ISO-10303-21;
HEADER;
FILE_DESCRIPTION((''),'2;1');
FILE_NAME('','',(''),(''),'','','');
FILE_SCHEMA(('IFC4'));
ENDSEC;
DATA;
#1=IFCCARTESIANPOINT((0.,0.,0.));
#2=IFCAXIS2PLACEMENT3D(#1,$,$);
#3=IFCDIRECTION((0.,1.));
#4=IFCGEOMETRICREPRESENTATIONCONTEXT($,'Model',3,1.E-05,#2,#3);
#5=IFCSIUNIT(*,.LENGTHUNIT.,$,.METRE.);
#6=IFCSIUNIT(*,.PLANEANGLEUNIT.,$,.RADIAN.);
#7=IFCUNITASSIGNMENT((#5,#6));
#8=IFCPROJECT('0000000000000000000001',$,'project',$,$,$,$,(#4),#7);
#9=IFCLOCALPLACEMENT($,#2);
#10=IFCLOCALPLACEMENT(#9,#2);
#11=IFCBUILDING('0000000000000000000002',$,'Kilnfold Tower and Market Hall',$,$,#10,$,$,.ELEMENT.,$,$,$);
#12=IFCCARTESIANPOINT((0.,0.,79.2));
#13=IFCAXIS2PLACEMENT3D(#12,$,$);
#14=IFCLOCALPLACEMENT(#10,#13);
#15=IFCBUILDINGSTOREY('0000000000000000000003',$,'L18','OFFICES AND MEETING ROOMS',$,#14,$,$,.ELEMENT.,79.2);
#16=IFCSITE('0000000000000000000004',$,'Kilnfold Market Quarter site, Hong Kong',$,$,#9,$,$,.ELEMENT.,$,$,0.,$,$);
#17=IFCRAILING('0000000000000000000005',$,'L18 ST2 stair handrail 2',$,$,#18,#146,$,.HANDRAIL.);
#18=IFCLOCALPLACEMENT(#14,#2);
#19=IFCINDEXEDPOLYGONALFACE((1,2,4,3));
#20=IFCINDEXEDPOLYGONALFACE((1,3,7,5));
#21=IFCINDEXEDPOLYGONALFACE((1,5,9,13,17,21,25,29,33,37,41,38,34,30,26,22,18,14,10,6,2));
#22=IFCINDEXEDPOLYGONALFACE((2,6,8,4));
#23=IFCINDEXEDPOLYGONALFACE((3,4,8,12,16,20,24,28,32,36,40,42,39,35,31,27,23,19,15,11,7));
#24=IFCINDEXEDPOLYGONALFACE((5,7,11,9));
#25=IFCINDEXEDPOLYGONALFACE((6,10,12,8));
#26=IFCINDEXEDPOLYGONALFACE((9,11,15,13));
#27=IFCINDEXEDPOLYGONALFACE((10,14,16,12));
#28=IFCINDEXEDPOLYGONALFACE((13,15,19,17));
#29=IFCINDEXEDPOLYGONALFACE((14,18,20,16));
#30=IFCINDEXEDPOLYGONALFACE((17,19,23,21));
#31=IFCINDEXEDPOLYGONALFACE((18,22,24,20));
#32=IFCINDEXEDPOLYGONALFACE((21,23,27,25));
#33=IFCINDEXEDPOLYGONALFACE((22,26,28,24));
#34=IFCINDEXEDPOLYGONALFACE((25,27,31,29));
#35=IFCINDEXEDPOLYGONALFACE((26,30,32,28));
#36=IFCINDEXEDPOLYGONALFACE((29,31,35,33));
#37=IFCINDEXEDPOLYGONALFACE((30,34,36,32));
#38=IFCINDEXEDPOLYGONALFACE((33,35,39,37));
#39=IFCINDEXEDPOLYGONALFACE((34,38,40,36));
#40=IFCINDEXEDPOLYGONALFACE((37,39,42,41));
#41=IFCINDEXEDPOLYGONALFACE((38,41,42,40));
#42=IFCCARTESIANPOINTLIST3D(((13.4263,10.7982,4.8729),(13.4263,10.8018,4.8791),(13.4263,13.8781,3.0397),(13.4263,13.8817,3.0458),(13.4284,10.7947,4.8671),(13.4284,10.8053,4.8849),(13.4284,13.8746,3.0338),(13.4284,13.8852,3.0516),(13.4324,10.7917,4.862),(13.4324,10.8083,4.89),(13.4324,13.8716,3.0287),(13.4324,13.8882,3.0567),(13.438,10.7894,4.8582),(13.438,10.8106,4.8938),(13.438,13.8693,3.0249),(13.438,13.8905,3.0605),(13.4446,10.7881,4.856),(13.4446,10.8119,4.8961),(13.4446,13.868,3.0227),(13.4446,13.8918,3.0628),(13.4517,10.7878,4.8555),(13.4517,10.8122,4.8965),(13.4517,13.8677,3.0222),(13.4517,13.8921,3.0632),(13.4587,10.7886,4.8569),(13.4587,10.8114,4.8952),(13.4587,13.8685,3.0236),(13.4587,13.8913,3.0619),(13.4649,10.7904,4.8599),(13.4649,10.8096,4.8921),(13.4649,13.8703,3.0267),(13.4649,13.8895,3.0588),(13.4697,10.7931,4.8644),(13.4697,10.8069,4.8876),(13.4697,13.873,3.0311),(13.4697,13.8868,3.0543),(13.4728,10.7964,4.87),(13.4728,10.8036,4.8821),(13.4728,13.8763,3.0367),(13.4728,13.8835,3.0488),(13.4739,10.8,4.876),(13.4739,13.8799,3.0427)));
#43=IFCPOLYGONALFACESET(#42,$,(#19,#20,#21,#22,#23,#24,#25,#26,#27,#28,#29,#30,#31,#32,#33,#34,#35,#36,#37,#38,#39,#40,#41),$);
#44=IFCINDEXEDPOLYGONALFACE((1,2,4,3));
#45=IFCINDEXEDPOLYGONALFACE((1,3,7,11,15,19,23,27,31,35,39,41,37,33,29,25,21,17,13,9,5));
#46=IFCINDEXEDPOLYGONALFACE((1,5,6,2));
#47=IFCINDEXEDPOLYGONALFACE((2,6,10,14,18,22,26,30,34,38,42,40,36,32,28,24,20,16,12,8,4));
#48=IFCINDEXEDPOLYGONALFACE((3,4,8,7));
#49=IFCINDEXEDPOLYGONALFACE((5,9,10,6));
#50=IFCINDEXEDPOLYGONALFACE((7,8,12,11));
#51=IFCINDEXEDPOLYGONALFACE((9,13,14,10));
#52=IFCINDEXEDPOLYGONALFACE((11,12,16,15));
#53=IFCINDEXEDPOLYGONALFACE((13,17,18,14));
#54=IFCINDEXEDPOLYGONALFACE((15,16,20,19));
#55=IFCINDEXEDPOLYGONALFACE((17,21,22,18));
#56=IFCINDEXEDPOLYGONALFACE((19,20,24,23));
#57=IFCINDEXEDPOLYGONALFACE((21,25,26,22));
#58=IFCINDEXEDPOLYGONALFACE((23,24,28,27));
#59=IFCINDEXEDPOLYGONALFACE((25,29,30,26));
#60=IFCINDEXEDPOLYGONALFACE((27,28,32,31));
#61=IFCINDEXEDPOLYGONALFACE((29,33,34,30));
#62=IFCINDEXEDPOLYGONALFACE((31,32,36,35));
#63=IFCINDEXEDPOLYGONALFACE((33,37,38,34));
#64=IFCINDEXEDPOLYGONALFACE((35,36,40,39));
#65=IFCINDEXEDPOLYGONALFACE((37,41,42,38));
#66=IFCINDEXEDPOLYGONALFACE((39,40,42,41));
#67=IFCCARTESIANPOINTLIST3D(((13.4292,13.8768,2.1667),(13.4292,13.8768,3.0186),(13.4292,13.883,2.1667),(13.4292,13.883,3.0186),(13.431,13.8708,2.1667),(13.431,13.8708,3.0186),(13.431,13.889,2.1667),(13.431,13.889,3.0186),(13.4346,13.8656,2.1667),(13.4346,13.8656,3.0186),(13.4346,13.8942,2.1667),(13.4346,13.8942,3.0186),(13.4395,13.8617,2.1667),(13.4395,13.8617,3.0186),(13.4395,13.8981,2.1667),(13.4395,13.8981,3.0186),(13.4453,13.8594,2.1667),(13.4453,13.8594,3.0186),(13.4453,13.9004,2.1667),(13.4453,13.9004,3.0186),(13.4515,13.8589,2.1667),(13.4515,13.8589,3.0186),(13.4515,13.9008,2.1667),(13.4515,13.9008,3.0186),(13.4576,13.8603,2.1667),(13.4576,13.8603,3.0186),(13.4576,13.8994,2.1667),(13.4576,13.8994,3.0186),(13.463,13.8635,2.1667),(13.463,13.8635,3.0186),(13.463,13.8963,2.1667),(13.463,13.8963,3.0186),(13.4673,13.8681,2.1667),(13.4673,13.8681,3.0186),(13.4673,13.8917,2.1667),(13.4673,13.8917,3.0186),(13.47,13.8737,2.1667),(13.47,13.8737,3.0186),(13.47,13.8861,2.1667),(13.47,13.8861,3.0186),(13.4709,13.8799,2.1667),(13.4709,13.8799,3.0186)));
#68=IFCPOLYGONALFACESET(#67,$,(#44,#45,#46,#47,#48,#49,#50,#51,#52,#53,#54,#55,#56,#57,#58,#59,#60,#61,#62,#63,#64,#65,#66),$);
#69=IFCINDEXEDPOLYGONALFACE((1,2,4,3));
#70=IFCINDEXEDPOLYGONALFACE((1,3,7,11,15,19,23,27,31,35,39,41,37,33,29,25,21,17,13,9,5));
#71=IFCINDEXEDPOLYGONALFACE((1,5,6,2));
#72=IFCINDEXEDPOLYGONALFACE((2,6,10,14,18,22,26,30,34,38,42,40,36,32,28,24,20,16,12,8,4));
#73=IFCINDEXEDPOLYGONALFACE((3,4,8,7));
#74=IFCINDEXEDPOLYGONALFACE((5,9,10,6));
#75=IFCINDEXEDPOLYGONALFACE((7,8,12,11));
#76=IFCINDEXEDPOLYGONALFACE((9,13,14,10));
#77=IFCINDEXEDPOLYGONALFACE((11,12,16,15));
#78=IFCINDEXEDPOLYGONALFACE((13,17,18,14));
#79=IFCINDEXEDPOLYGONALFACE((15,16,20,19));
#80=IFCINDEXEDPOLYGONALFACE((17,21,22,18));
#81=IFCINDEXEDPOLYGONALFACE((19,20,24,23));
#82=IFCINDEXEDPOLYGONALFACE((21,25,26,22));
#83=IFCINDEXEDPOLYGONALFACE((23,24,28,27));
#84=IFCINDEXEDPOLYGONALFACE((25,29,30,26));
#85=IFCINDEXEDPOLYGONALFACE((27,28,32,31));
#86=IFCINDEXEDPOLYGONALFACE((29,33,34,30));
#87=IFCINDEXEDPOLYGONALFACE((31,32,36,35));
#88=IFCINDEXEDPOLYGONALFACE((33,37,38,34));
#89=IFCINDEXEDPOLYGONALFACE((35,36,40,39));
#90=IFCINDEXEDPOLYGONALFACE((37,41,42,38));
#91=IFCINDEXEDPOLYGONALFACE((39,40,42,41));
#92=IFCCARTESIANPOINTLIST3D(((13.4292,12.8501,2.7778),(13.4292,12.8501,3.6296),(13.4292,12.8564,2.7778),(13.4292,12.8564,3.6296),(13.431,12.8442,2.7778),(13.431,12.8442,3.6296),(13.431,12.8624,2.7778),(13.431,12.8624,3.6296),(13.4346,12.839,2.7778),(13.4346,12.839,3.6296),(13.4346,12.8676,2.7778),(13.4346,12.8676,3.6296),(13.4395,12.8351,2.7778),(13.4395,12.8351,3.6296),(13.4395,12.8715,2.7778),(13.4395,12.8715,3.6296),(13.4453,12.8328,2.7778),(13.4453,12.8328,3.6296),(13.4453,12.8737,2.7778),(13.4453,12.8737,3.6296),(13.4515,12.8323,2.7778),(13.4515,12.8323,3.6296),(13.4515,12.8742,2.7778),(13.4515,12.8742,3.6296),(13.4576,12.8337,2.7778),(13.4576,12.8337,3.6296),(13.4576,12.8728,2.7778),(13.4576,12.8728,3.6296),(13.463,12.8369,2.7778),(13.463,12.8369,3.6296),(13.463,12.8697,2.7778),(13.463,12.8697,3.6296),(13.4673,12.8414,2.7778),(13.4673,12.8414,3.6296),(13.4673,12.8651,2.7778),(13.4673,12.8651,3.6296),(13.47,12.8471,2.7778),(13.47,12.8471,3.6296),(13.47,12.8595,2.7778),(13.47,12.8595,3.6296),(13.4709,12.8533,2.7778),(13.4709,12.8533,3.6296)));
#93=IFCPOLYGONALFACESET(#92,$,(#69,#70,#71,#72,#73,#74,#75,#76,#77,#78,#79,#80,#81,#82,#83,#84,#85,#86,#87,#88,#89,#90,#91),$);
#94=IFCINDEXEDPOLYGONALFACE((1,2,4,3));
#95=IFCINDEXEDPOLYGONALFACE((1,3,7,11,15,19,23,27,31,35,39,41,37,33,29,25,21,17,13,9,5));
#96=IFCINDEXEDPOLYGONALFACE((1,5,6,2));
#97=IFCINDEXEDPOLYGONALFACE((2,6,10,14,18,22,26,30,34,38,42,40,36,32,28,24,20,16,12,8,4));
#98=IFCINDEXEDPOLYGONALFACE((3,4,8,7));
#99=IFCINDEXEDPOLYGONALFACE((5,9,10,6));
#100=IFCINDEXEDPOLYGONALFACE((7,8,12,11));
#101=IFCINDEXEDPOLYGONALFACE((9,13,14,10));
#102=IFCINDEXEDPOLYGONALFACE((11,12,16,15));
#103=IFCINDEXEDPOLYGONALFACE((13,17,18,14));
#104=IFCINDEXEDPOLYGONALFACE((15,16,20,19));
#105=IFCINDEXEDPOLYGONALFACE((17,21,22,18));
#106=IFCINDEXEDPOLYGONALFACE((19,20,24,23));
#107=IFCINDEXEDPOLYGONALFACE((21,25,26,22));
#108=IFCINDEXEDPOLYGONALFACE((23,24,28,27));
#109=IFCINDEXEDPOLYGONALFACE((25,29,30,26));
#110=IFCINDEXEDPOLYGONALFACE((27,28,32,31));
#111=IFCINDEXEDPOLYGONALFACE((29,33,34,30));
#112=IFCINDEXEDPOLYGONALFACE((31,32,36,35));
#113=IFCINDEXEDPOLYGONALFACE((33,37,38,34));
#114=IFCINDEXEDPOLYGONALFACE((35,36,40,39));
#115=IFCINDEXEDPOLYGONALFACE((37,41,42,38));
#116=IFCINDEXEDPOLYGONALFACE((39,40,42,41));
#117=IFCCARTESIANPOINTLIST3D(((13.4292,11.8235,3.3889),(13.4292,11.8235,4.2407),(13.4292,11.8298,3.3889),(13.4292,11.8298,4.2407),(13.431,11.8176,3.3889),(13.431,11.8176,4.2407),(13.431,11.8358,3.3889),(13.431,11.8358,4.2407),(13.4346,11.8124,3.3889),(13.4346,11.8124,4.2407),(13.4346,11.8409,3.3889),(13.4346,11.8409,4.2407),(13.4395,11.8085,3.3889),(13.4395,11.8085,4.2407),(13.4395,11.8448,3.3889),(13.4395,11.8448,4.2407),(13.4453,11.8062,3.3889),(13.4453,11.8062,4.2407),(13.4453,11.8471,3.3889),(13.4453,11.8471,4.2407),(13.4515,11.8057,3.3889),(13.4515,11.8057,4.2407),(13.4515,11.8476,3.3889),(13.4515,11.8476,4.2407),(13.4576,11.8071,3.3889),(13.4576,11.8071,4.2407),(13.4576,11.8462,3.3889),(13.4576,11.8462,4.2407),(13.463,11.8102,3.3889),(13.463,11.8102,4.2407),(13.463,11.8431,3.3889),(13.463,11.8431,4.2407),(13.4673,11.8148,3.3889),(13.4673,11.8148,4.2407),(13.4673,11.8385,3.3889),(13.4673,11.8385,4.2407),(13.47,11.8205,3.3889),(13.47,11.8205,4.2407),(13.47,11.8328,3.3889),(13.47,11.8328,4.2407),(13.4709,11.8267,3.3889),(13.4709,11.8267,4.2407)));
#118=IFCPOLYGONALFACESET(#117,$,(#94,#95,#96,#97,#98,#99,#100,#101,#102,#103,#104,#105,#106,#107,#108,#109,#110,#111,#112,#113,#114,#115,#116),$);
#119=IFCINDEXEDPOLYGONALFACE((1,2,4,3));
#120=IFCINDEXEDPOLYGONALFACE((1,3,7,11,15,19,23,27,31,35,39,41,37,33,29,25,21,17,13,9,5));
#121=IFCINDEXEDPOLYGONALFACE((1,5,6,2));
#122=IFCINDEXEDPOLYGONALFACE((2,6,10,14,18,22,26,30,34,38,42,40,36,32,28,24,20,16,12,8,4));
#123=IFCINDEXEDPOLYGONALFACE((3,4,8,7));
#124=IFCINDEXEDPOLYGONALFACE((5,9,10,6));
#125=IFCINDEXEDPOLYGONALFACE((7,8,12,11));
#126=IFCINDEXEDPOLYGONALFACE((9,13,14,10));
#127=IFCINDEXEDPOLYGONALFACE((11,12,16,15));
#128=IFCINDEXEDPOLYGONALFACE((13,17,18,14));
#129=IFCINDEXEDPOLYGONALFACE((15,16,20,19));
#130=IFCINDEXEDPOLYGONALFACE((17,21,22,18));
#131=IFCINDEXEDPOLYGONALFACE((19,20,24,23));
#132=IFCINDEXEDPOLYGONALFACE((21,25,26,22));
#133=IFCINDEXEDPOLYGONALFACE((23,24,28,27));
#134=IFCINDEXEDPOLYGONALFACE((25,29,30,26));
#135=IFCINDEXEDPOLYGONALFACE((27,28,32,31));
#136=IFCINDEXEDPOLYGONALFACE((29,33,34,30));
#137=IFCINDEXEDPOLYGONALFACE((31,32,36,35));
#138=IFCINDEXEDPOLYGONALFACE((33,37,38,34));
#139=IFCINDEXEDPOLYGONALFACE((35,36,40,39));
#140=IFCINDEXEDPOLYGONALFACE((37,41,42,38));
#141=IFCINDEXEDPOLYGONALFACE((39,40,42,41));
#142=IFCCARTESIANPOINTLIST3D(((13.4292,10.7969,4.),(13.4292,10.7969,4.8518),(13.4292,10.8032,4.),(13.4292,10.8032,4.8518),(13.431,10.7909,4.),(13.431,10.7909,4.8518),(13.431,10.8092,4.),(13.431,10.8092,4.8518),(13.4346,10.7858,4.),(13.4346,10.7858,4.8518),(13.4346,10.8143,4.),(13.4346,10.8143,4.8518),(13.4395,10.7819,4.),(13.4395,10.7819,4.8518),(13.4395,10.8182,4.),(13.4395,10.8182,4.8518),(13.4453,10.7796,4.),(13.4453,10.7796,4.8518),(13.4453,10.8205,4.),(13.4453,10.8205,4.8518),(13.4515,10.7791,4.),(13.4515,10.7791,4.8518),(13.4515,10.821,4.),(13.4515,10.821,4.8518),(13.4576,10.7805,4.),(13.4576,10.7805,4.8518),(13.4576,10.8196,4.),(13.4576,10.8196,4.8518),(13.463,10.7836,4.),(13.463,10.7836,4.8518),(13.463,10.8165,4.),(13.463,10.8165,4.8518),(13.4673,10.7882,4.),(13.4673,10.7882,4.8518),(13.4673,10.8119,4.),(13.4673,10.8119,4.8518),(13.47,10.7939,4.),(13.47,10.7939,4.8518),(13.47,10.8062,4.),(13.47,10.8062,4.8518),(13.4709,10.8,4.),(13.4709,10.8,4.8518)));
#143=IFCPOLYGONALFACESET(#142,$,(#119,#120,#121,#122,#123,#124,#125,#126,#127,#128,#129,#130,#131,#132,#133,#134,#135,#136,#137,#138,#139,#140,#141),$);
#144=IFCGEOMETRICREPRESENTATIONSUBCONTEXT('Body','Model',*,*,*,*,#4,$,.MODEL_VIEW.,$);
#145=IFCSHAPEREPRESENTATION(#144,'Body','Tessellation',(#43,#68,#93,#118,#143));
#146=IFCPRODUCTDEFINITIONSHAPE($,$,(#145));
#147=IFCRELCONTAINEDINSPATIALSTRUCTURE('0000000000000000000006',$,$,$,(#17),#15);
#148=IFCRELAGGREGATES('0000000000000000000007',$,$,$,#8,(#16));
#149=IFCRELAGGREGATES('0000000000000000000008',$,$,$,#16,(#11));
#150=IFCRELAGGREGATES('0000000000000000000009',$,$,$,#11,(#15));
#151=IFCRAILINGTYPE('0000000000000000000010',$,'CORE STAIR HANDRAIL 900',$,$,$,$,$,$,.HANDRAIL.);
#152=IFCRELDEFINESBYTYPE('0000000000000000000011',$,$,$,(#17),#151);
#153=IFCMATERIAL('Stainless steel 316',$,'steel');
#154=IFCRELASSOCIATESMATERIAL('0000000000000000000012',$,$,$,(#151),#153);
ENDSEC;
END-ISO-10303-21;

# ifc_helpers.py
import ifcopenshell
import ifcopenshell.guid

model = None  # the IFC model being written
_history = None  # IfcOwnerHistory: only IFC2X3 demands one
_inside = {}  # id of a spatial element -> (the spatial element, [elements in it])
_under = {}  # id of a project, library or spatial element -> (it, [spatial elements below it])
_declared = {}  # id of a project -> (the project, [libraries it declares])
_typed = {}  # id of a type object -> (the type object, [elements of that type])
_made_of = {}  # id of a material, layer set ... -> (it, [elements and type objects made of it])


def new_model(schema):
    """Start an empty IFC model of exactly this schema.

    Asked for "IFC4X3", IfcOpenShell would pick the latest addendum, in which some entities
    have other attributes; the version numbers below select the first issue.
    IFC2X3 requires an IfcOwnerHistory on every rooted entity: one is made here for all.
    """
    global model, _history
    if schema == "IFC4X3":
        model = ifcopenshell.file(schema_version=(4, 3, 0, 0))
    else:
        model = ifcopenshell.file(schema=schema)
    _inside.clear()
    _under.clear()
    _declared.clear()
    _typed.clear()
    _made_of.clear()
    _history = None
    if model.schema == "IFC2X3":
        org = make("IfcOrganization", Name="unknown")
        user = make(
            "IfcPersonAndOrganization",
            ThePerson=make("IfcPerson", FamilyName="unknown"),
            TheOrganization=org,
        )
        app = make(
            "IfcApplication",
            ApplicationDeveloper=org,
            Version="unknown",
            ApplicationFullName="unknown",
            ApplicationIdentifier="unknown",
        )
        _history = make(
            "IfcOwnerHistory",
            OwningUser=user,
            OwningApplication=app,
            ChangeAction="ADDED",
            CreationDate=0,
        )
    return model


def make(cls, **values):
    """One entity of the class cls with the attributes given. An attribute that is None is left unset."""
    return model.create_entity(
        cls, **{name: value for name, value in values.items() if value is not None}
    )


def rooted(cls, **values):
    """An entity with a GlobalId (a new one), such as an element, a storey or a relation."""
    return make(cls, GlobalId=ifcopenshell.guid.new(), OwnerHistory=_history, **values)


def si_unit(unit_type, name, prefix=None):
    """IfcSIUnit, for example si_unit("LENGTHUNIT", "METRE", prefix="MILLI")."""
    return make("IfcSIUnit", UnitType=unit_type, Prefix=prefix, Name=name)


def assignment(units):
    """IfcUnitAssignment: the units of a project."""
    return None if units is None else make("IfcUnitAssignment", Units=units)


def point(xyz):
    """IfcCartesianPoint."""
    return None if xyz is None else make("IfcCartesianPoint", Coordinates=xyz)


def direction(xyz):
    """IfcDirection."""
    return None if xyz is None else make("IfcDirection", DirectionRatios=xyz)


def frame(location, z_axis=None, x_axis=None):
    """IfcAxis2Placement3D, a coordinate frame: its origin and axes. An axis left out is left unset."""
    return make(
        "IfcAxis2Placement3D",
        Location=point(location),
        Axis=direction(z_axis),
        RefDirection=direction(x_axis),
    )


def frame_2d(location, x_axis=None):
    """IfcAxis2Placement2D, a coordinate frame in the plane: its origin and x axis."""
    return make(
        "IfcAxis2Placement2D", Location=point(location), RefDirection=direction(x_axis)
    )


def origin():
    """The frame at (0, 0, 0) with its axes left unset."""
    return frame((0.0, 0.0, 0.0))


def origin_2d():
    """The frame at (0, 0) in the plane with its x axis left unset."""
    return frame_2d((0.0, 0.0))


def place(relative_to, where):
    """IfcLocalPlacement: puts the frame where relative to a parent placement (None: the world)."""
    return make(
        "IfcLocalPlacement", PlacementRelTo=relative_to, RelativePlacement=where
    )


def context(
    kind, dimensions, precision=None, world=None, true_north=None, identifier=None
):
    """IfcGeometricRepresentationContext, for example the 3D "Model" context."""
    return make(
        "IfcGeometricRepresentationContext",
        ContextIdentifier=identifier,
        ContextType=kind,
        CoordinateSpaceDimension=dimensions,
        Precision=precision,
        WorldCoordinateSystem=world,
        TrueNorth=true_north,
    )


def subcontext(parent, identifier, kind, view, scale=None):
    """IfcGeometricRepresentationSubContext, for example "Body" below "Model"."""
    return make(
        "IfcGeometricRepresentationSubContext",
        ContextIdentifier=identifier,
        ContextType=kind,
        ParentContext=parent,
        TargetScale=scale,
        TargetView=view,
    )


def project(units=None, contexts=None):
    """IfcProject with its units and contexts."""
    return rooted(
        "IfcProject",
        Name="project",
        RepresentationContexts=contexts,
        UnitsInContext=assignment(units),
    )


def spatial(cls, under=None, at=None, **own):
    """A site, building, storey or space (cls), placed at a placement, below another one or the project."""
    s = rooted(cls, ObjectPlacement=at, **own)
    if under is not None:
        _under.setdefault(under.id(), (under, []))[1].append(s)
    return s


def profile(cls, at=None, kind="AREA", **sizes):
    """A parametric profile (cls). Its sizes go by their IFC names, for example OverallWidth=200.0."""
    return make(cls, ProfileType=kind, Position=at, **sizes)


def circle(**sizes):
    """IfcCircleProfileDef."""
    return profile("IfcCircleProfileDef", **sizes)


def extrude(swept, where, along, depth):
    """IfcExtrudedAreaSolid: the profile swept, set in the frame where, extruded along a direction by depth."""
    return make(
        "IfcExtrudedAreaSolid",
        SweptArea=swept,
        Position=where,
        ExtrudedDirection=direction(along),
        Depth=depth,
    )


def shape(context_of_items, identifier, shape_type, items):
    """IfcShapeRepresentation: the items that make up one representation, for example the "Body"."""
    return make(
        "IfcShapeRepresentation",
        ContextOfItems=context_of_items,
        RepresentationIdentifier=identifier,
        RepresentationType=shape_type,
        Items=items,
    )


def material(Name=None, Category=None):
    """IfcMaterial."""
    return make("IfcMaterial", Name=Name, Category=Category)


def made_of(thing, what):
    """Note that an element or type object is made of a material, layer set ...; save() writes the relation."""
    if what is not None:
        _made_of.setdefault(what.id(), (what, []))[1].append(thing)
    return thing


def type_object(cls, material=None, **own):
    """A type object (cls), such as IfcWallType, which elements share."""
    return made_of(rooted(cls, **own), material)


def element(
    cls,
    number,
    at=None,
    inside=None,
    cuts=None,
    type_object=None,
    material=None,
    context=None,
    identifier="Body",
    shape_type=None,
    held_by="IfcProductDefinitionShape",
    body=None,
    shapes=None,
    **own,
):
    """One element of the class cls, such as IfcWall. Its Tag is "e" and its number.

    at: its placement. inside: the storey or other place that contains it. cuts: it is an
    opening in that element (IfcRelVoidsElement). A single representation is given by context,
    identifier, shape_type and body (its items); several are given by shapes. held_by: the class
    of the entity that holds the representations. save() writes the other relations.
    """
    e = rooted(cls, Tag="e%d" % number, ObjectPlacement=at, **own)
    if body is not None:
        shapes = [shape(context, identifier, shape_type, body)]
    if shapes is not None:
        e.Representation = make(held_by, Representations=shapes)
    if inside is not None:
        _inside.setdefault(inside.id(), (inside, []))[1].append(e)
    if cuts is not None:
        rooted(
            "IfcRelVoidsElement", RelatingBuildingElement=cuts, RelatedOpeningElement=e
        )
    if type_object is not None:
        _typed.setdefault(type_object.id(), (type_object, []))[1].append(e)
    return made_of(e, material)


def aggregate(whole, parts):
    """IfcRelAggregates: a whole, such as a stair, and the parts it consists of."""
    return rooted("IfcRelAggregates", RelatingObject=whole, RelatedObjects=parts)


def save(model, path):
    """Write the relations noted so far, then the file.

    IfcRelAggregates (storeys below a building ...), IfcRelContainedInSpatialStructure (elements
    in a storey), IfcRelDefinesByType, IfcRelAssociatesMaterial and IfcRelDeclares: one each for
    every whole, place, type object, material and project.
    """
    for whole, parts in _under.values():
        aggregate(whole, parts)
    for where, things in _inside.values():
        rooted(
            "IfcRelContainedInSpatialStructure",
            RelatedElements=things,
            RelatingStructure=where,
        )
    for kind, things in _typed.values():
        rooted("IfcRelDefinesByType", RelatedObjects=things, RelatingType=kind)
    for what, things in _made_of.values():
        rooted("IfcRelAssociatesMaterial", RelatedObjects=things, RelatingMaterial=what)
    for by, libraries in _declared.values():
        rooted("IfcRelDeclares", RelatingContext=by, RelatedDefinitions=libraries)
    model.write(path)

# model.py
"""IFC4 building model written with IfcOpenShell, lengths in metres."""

from ifc_helpers import new_model, si_unit, direction, frame, origin, origin_2d, place, context, subcontext, project, spatial, circle, extrude, material, type_object, element, save


model = new_model("IFC4")

# Units and contexts
model_context = context("Model", 3, precision=1e-05, world=origin(), true_north=direction((0.0, 1.0)))
body_context = subcontext(model_context, "Body", "Model", "MODEL_VIEW")
ifc_project = project(units=[si_unit("LENGTHUNIT", "METRE"), si_unit("PLANEANGLEUNIT", "RADIAN")], contexts=[model_context])

# Site, building, storey
site_placement = place(None, origin())
site = spatial("IfcSite", under=ifc_project, at=site_placement, Name="Kilnfold Market Quarter site, Hong Kong", CompositionType="ELEMENT", RefElevation=0.0)
building_placement = place(site_placement, origin())
building = spatial("IfcBuilding", under=site, at=building_placement, Name="Kilnfold Tower and Market Hall", CompositionType="ELEMENT")
storey_placement = place(building_placement, frame((0.0, 0.0, 79.2)))
storey = spatial("IfcBuildingStorey", under=building, at=storey_placement, Name="L18", Description="OFFICES AND MEETING ROOMS", CompositionType="ELEMENT", Elevation=79.2)

# Railing
ifc_material_1 = material(Name="Stainless steel 316", Category="steel")
railing_type_1 = type_object("IfcRailingType", Name="CORE STAIR HANDRAIL 900", PredefinedType="HANDRAIL", material=ifc_material_1)
railing_1_placement = place(storey_placement, frame((13.45, 13.8799, 2.1667)))
element("IfcRailing", 1, at=railing_1_placement, inside=storey, type_object=railing_type_1, Name="L18 ST2 stair handrail 2", PredefinedType="HANDRAIL", context=body_context, shape_type="SweptSolid", body=[
    extrude(circle(Radius=0.0239, at=origin_2d()), frame((0.0, 0.0, 0.876), z_axis=(0.0, -0.859291, 0.511487), x_axis=(1.0, 0.0, 0.0)), (0.0, 0.0, 1.0), 3.5842),
    extrude(circle(Radius=0.021, at=origin_2d()), origin(), (0.0, 0.0, 1.0), 0.8518),
    extrude(circle(Radius=0.021, at=origin_2d()), frame((0.0, -1.0266, 0.6111)), (0.0, 0.0, 1.0), 0.8518),
    extrude(circle(Radius=0.021, at=origin_2d()), frame((0.0, -2.0532, 1.2222)), (0.0, 0.0, 1.0), 0.8518),
    extrude(circle(Radius=0.021, at=origin_2d()), frame((0.0, -3.0798, 1.8333)), (0.0, 0.0, 1.0), 0.8518),
])

save(model, "model.ifc")
